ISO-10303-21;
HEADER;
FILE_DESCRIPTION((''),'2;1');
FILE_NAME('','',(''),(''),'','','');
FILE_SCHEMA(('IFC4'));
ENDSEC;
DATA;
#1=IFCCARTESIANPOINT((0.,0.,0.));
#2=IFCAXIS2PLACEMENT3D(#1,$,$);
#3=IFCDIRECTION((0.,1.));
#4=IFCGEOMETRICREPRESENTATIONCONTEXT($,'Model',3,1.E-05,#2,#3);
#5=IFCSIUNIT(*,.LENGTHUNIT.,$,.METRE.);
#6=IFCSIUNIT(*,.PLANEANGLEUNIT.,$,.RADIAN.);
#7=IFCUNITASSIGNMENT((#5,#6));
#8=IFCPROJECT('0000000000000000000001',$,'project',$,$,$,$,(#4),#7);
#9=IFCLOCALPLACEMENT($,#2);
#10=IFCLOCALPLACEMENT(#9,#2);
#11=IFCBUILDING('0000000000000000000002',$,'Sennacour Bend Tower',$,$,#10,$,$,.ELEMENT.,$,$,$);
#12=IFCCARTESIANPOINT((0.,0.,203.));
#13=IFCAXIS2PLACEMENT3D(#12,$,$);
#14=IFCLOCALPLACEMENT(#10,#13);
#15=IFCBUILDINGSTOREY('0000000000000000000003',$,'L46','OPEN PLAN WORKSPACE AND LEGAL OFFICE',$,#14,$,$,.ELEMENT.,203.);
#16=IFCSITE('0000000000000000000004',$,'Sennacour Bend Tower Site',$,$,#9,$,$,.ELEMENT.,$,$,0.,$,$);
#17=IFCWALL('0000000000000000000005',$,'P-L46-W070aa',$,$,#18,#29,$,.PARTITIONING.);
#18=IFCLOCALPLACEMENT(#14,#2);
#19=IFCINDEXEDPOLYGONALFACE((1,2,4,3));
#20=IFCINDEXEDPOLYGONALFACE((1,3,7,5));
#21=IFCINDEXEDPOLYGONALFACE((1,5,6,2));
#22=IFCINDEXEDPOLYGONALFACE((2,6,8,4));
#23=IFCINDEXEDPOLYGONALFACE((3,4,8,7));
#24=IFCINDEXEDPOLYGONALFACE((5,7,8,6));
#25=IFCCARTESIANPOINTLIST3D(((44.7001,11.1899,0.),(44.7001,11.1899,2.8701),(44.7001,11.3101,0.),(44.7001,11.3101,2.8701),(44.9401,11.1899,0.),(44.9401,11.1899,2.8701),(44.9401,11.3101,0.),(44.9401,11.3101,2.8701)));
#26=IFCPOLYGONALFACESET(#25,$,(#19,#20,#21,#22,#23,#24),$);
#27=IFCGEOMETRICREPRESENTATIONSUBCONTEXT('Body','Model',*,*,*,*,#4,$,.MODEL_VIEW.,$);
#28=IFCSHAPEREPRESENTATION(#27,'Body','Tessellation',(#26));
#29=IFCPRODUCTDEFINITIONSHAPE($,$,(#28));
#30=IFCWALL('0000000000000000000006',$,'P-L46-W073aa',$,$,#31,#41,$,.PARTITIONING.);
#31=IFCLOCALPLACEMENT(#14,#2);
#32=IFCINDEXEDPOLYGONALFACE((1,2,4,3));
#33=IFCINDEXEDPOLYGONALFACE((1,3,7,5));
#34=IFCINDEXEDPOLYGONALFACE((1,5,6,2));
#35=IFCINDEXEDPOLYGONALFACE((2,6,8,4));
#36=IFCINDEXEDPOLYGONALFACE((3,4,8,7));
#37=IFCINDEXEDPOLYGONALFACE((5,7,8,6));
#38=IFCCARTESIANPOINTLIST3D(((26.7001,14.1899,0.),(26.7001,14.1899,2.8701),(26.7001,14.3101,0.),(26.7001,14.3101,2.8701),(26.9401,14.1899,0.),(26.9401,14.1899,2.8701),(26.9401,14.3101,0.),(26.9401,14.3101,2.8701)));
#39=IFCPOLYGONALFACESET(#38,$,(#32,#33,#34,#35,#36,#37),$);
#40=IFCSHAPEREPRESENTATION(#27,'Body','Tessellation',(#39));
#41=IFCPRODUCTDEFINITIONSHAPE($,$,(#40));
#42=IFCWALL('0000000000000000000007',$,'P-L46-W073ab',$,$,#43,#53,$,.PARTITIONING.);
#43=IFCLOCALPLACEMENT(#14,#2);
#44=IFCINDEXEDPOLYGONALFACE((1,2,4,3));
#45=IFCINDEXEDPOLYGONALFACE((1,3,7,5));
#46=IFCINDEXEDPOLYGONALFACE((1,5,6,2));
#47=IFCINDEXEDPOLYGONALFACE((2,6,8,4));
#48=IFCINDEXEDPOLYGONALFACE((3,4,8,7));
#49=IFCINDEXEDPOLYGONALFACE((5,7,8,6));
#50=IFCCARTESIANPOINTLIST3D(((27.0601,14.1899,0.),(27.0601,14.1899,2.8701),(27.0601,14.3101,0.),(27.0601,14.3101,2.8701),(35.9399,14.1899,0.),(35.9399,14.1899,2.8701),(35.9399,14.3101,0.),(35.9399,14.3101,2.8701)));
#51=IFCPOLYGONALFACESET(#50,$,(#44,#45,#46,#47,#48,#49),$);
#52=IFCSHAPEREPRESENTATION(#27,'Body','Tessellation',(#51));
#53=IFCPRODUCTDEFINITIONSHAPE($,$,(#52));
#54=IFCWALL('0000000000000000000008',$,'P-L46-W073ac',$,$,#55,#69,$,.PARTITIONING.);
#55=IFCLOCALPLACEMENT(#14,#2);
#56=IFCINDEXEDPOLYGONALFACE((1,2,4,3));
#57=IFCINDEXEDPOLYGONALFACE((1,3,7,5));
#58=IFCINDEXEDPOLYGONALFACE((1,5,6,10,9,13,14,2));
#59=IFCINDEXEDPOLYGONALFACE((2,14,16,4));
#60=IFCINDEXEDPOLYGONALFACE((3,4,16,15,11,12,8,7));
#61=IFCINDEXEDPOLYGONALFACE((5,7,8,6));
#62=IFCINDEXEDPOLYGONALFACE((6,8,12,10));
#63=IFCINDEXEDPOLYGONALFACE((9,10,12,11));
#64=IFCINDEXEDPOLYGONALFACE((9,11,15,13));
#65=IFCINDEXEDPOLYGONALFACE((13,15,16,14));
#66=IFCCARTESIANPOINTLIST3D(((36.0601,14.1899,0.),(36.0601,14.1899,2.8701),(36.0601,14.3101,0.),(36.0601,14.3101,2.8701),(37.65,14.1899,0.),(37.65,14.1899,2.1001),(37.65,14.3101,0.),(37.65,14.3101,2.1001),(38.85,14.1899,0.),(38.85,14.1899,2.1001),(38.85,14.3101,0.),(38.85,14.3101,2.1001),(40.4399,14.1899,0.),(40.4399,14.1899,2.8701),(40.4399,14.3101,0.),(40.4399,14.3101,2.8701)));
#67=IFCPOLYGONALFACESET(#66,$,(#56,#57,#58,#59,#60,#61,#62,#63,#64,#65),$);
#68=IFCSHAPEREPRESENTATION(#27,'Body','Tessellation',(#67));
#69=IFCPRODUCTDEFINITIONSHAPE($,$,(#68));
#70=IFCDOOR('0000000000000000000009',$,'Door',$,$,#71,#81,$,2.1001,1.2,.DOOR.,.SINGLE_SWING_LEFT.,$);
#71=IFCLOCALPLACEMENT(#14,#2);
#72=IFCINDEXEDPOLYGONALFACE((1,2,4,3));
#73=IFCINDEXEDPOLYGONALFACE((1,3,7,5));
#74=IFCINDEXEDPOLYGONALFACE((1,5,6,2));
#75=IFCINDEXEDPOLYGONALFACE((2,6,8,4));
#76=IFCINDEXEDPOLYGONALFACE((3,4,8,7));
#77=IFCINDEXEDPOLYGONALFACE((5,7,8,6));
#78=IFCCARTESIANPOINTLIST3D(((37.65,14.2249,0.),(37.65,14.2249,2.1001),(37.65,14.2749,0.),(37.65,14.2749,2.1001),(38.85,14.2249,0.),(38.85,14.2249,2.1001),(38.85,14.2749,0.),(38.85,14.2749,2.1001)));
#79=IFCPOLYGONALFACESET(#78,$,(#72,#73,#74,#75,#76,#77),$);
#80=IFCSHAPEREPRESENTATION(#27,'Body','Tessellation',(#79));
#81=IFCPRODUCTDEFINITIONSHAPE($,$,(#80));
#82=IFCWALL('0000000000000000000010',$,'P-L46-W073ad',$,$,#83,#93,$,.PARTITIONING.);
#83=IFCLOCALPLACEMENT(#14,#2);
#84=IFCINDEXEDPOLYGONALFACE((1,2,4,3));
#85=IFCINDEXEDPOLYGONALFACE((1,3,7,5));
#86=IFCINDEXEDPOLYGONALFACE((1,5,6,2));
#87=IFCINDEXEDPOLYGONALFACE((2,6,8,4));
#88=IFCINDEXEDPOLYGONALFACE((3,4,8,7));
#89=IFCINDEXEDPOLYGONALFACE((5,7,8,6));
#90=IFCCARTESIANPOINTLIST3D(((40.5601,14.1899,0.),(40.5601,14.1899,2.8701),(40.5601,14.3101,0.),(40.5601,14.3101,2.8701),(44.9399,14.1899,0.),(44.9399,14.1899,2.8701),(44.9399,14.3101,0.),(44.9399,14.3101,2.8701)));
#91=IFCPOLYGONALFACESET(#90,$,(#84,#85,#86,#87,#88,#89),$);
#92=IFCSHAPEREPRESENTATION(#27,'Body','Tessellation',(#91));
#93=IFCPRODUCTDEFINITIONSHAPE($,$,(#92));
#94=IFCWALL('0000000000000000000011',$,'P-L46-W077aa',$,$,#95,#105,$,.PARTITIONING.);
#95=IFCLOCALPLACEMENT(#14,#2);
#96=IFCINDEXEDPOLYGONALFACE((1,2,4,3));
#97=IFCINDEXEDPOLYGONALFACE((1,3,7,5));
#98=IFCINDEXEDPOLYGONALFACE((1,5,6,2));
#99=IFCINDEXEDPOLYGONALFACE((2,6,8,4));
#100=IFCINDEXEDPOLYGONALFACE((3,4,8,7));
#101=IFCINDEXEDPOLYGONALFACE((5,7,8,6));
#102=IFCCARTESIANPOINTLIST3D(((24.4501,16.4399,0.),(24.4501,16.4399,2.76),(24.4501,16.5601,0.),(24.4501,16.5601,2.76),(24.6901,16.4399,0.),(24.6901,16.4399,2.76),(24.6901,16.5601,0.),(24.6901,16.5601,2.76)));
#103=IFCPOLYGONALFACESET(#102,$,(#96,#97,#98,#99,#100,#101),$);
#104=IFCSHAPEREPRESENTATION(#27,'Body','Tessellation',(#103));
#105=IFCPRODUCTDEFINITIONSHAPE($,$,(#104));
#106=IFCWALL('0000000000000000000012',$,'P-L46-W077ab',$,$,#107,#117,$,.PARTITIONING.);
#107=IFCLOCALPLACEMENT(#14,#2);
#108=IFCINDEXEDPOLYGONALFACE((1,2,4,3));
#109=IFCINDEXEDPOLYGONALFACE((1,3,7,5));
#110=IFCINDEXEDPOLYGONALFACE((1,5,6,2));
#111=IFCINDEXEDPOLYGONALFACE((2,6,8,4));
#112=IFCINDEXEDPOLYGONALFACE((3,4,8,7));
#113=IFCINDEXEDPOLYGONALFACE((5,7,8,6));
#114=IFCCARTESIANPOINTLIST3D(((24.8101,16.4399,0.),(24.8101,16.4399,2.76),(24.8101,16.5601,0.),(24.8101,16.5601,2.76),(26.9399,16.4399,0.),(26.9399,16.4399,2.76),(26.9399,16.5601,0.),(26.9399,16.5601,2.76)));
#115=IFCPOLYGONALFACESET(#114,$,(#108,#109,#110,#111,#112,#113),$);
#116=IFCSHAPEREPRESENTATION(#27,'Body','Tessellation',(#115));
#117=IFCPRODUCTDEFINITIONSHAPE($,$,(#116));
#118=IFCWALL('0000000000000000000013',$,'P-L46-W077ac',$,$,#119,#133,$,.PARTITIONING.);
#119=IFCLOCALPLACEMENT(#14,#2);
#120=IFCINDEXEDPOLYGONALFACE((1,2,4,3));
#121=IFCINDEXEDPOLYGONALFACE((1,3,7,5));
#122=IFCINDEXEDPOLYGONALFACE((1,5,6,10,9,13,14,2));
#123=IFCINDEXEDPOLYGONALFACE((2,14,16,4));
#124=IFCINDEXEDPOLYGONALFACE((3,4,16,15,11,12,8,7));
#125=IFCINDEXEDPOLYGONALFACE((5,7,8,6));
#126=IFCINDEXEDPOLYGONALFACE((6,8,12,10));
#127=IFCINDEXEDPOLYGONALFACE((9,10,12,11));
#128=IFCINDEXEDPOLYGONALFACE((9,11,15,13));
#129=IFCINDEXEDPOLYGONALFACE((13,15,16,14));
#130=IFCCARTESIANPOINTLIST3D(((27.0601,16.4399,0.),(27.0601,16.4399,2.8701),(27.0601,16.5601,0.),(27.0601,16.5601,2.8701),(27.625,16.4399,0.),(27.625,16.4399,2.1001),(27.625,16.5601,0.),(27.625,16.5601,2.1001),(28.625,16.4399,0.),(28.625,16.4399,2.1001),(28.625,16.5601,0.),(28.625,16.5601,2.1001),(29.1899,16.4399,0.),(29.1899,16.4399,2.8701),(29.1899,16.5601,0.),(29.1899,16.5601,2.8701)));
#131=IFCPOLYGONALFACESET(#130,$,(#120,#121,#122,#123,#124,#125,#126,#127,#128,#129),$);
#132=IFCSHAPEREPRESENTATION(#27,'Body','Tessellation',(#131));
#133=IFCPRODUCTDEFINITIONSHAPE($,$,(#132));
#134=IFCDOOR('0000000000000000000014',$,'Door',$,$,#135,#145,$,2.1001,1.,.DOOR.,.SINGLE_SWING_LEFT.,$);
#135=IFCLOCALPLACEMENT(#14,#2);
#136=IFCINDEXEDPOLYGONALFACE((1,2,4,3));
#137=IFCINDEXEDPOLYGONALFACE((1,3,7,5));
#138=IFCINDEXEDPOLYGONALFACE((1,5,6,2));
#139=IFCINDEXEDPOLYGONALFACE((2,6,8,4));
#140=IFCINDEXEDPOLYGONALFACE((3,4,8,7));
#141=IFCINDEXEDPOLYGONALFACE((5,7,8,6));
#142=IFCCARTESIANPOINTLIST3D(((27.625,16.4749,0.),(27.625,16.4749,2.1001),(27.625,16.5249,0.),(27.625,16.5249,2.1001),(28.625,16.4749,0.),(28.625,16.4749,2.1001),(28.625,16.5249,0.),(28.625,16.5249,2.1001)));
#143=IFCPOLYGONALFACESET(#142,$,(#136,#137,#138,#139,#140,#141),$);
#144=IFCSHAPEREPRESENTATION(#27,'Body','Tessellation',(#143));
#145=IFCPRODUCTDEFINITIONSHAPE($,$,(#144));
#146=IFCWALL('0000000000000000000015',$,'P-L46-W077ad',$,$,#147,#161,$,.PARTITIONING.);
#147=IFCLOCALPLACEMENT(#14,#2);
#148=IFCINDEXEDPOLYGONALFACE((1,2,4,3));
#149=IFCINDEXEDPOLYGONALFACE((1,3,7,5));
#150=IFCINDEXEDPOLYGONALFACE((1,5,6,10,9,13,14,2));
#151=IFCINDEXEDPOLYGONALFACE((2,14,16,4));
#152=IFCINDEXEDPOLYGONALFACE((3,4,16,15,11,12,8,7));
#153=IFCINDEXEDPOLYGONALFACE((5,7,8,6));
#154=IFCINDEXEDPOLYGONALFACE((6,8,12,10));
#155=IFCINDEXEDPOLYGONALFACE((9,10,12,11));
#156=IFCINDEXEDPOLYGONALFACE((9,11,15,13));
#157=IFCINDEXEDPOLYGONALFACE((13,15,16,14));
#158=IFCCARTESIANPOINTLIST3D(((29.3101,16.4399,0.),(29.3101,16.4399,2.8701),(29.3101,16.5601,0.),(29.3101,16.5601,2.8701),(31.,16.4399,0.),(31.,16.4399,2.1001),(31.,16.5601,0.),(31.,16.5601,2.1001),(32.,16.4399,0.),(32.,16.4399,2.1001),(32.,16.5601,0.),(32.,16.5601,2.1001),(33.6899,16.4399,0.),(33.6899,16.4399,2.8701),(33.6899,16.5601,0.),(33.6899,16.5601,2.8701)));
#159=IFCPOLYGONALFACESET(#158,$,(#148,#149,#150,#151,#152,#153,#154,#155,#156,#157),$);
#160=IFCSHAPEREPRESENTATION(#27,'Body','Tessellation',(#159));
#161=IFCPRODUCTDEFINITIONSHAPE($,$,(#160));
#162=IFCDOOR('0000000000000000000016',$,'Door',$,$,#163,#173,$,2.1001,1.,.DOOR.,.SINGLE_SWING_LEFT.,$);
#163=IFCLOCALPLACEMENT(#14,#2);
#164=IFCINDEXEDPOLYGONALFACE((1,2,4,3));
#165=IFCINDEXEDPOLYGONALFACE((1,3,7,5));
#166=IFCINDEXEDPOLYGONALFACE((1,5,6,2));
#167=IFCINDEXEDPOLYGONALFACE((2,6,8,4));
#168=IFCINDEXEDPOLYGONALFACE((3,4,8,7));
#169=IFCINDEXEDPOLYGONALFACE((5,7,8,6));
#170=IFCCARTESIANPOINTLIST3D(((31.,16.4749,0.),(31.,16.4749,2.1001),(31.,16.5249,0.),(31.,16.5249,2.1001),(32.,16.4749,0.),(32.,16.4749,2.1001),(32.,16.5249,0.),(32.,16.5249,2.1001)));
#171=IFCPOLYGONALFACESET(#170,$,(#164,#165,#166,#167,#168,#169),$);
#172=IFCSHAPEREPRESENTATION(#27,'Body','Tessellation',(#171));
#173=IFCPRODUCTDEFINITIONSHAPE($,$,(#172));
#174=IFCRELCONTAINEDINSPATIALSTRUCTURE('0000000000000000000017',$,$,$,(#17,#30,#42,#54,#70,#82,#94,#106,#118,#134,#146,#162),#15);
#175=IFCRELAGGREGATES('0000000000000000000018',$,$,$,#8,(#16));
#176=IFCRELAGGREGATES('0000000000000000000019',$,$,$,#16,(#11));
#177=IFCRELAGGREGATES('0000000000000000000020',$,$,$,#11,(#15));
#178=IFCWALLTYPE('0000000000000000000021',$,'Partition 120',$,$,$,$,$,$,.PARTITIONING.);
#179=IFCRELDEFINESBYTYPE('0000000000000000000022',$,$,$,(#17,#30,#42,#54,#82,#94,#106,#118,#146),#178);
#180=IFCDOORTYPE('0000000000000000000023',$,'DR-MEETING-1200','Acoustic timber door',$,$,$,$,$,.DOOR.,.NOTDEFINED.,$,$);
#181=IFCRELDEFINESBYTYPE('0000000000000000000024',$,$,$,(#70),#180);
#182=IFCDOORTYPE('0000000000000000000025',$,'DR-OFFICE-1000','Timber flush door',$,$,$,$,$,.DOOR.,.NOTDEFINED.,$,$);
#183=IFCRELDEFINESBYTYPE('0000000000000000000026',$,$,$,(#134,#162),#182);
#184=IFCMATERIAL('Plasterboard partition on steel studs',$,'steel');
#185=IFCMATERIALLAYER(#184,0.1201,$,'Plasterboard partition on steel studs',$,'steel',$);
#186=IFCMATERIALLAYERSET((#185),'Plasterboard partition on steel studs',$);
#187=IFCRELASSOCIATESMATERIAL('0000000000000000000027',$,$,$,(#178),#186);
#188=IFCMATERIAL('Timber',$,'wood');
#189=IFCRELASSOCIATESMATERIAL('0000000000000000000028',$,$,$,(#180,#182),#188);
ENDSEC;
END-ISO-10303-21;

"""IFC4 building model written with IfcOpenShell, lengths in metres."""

from ifc_helpers import new_model, si_unit, direction, frame, frame_2d, origin, place, context, subcontext, project, spatial, rectangle, extrude, material, layer, layer_set, type_object, element, fill, save


model = new_model("IFC4")

# Units and contexts
model_context = context("Model", 3, precision=1e-05, world=origin(), true_north=direction((0.0, 1.0)))
body_context = subcontext(model_context, "Body", "Model", "MODEL_VIEW")
ifc_project = project(units=[si_unit("LENGTHUNIT", "METRE"), si_unit("PLANEANGLEUNIT", "RADIAN")], contexts=[model_context])

# Site, building, storey
site_placement = place(None, origin())
site = spatial("IfcSite", under=ifc_project, at=site_placement, Name="Sennacour Bend Tower Site", CompositionType="ELEMENT", RefElevation=0.0)
building_placement = place(site_placement, origin())
building = spatial("IfcBuilding", under=site, at=building_placement, Name="Sennacour Bend Tower", CompositionType="ELEMENT")
storey_placement = place(building_placement, frame((0.0, 0.0, 203.0)))
storey = spatial("IfcBuildingStorey", under=building, at=storey_placement, Name="L46", Description="OPEN PLAN WORKSPACE AND LEGAL OFFICE", CompositionType="ELEMENT", Elevation=203.0)

# Walls
ifc_material_1 = material(Name="Plasterboard partition on steel studs", Category="steel")
ifc_layer_1 = layer(ifc_material_1, 0.1201, Name="Plasterboard partition on steel studs", Category="steel")
ifc_layer_set_1 = layer_set([ifc_layer_1], Name="Plasterboard partition on steel studs")
wall_type_1 = type_object("IfcWallType", Name="Partition 120", PredefinedType="PARTITIONING", material=ifc_layer_set_1)
for number, where, z_axis, x_axis, name in (
    (1, (44.7, 11.25, 0.0), (0.0, 0.0, 1.0), (1.0, 0.0, 0.0), "P-L46-W070aa"),
    (2, (26.7, 14.25, 0.0), (0.0, 0.0, 1.0), (1.0, 0.0, 0.0), "P-L46-W073aa"),
):
    element("IfcWall", number, at=place(storey_placement, frame(where, z_axis=z_axis, x_axis=x_axis)), inside=storey, type_object=wall_type_1, Name=name, PredefinedType="PARTITIONING", context=body_context, shape_type="SweptSolid", body=[
        extrude(rectangle(XDim=0.24, YDim=0.1201, at=frame_2d((0.1201, 0.0))), origin(), (0.0, 0.0, 1.0), 2.8701),
    ])
wall_1_placement = place(storey_placement, frame((27.0601, 14.25, 0.0), z_axis=(0.0, 0.0, 1.0), x_axis=(1.0, 0.0, 0.0)))
element("IfcWall", 3, at=wall_1_placement, inside=storey, type_object=wall_type_1, Name="P-L46-W073ab", PredefinedType="PARTITIONING", context=body_context, shape_type="SweptSolid", body=[
    extrude(rectangle(XDim=8.8799, YDim=0.1201, at=frame_2d((4.4399, 0.0))), origin(), (0.0, 0.0, 1.0), 2.8701),
])

# Wall, opening, door
wall_2_placement = place(storey_placement, frame((36.0601, 14.25, 0.0), z_axis=(0.0, 0.0, 1.0), x_axis=(1.0, 0.0, 0.0)))
wall_2 = element("IfcWall", 4, at=wall_2_placement, inside=storey, type_object=wall_type_1, Name="P-L46-W073ac", PredefinedType="PARTITIONING", context=body_context, shape_type="SweptSolid", body=[
    extrude(rectangle(XDim=4.3799, YDim=0.1201, at=frame_2d((2.1899, 0.0))), origin(), (0.0, 0.0, 1.0), 2.8701),
])
opening_1_placement = place(wall_2_placement, frame((1.5898, 0.0, 0.0)))
opening_1 = element("IfcOpeningElement", 5, at=opening_1_placement, cuts=wall_2, PredefinedType="OPENING", context=body_context, shape_type="SweptSolid", body=[
    extrude(rectangle(XDim=1.2, YDim=2.1001, at=frame_2d((0.6001, 1.05))), frame((0.0, 0.0701, 0.0), z_axis=(0.0, -1.0, 0.0), x_axis=(1.0, 0.0, 0.0)), (0.0, 0.0, 1.0), 0.1401),
])
ifc_material_2 = material(Name="Timber", Category="wood")
door_type_1 = type_object("IfcDoorType", Name="DR-MEETING-1200", Description="Acoustic timber door", OperationType="NOTDEFINED", PredefinedType="DOOR", material=ifc_material_2)
door_1_placement = place(opening_1_placement, origin())
door_1 = element("IfcDoor", 6, at=door_1_placement, inside=storey, type_object=door_type_1, Name="Door", OperationType="SINGLE_SWING_LEFT", OverallHeight=2.1001, OverallWidth=1.2, PredefinedType="DOOR", context=body_context, shape_type="SweptSolid", body=[
    extrude(rectangle(XDim=1.2, YDim=2.1001, at=frame_2d((0.6001, 1.05))), frame((0.0, 0.0249, 0.0), z_axis=(0.0, -1.0, 0.0), x_axis=(1.0, 0.0, 0.0)), (0.0, 0.0, 1.0), 0.05),
])
fill(opening_1, door_1)

# Walls
wall_3_placement = place(storey_placement, frame((40.5601, 14.25, 0.0), z_axis=(0.0, 0.0, 1.0), x_axis=(1.0, 0.0, 0.0)))
element("IfcWall", 7, at=wall_3_placement, inside=storey, type_object=wall_type_1, Name="P-L46-W073ad", PredefinedType="PARTITIONING", context=body_context, shape_type="SweptSolid", body=[
    extrude(rectangle(XDim=4.3799, YDim=0.1201, at=frame_2d((2.1899, 0.0))), origin(), (0.0, 0.0, 1.0), 2.8701),
])
wall_4_placement = place(storey_placement, frame((24.45, 16.5, 0.0), z_axis=(0.0, 0.0, 1.0), x_axis=(1.0, 0.0, 0.0)))
element("IfcWall", 8, at=wall_4_placement, inside=storey, type_object=wall_type_1, Name="P-L46-W077aa", PredefinedType="PARTITIONING", context=body_context, shape_type="SweptSolid", body=[
    extrude(rectangle(XDim=0.24, YDim=0.1201, at=frame_2d((0.1201, 0.0))), origin(), (0.0, 0.0, 1.0), 2.76),
])
wall_5_placement = place(storey_placement, frame((24.8101, 16.5, 0.0), z_axis=(0.0, 0.0, 1.0), x_axis=(1.0, 0.0, 0.0)))
element("IfcWall", 9, at=wall_5_placement, inside=storey, type_object=wall_type_1, Name="P-L46-W077ab", PredefinedType="PARTITIONING", context=body_context, shape_type="SweptSolid", body=[
    extrude(rectangle(XDim=2.1299, YDim=0.1201, at=frame_2d((1.0649, 0.0))), origin(), (0.0, 0.0, 1.0), 2.76),
])

# Walls, openings, doors
wall_6_placement = place(storey_placement, frame((27.0601, 16.5, 0.0), z_axis=(0.0, 0.0, 1.0), x_axis=(1.0, 0.0, 0.0)))
wall_6 = element("IfcWall", 10, at=wall_6_placement, inside=storey, type_object=wall_type_1, Name="P-L46-W077ac", PredefinedType="PARTITIONING", context=body_context, shape_type="SweptSolid", body=[
    extrude(rectangle(XDim=2.1299, YDim=0.1201, at=frame_2d((1.0649, 0.0))), origin(), (0.0, 0.0, 1.0), 2.8701),
])
opening_2_placement = place(wall_6_placement, frame((0.5649, 0.0, 0.0)))
opening_2 = element("IfcOpeningElement", 11, at=opening_2_placement, cuts=wall_6, PredefinedType="OPENING", context=body_context, shape_type="SweptSolid", body=[
    extrude(rectangle(XDim=1.0, YDim=2.1001, at=frame_2d((0.5, 1.05))), frame((0.0, 0.0701, 0.0), z_axis=(0.0, -1.0, 0.0), x_axis=(1.0, 0.0, 0.0)), (0.0, 0.0, 1.0), 0.1401),
])
door_type_2 = type_object("IfcDoorType", Name="DR-OFFICE-1000", Description="Timber flush door", OperationType="NOTDEFINED", PredefinedType="DOOR", material=ifc_material_2)
door_2_placement = place(opening_2_placement, origin())
door_2 = element("IfcDoor", 12, at=door_2_placement, inside=storey, type_object=door_type_2, Name="Door", OperationType="SINGLE_SWING_LEFT", OverallHeight=2.1001, OverallWidth=1.0, PredefinedType="DOOR", context=body_context, shape_type="SweptSolid", body=[
    extrude(rectangle(XDim=1.0, YDim=2.1001, at=frame_2d((0.5, 1.05))), frame((0.0, 0.0249, 0.0), z_axis=(0.0, -1.0, 0.0), x_axis=(1.0, 0.0, 0.0)), (0.0, 0.0, 1.0), 0.05),
])
fill(opening_2, door_2)
wall_7_placement = place(storey_placement, frame((29.3101, 16.5, 0.0), z_axis=(0.0, 0.0, 1.0), x_axis=(1.0, 0.0, 0.0)))
wall_7 = element("IfcWall", 13, at=wall_7_placement, inside=storey, type_object=wall_type_1, Name="P-L46-W077ad", PredefinedType="PARTITIONING", context=body_context, shape_type="SweptSolid", body=[
    extrude(rectangle(XDim=4.3799, YDim=0.1201, at=frame_2d((2.1899, 0.0))), origin(), (0.0, 0.0, 1.0), 2.8701),
])
opening_3_placement = place(wall_7_placement, frame((1.6899, 0.0, 0.0)))
opening_3 = element("IfcOpeningElement", 14, at=opening_3_placement, cuts=wall_7, PredefinedType="OPENING", context=body_context, shape_type="SweptSolid", body=[
    extrude(rectangle(XDim=1.0, YDim=2.1001, at=frame_2d((0.5, 1.05))), frame((0.0, 0.0701, 0.0), z_axis=(0.0, -1.0, 0.0), x_axis=(1.0, 0.0, 0.0)), (0.0, 0.0, 1.0), 0.1401),
])
door_3_placement = place(opening_3_placement, origin())
door_3 = element("IfcDoor", 15, at=door_3_placement, inside=storey, type_object=door_type_2, Name="Door", OperationType="SINGLE_SWING_LEFT", OverallHeight=2.1001, OverallWidth=1.0, PredefinedType="DOOR", context=body_context, shape_type="SweptSolid", body=[
    extrude(rectangle(XDim=1.0, YDim=2.1001, at=frame_2d((0.5, 1.05))), frame((0.0, 0.0249, 0.0), z_axis=(0.0, -1.0, 0.0), x_axis=(1.0, 0.0, 0.0)), (0.0, 0.0, 1.0), 0.05),
])
fill(opening_3, door_3)

save(model, "model.ifc")
